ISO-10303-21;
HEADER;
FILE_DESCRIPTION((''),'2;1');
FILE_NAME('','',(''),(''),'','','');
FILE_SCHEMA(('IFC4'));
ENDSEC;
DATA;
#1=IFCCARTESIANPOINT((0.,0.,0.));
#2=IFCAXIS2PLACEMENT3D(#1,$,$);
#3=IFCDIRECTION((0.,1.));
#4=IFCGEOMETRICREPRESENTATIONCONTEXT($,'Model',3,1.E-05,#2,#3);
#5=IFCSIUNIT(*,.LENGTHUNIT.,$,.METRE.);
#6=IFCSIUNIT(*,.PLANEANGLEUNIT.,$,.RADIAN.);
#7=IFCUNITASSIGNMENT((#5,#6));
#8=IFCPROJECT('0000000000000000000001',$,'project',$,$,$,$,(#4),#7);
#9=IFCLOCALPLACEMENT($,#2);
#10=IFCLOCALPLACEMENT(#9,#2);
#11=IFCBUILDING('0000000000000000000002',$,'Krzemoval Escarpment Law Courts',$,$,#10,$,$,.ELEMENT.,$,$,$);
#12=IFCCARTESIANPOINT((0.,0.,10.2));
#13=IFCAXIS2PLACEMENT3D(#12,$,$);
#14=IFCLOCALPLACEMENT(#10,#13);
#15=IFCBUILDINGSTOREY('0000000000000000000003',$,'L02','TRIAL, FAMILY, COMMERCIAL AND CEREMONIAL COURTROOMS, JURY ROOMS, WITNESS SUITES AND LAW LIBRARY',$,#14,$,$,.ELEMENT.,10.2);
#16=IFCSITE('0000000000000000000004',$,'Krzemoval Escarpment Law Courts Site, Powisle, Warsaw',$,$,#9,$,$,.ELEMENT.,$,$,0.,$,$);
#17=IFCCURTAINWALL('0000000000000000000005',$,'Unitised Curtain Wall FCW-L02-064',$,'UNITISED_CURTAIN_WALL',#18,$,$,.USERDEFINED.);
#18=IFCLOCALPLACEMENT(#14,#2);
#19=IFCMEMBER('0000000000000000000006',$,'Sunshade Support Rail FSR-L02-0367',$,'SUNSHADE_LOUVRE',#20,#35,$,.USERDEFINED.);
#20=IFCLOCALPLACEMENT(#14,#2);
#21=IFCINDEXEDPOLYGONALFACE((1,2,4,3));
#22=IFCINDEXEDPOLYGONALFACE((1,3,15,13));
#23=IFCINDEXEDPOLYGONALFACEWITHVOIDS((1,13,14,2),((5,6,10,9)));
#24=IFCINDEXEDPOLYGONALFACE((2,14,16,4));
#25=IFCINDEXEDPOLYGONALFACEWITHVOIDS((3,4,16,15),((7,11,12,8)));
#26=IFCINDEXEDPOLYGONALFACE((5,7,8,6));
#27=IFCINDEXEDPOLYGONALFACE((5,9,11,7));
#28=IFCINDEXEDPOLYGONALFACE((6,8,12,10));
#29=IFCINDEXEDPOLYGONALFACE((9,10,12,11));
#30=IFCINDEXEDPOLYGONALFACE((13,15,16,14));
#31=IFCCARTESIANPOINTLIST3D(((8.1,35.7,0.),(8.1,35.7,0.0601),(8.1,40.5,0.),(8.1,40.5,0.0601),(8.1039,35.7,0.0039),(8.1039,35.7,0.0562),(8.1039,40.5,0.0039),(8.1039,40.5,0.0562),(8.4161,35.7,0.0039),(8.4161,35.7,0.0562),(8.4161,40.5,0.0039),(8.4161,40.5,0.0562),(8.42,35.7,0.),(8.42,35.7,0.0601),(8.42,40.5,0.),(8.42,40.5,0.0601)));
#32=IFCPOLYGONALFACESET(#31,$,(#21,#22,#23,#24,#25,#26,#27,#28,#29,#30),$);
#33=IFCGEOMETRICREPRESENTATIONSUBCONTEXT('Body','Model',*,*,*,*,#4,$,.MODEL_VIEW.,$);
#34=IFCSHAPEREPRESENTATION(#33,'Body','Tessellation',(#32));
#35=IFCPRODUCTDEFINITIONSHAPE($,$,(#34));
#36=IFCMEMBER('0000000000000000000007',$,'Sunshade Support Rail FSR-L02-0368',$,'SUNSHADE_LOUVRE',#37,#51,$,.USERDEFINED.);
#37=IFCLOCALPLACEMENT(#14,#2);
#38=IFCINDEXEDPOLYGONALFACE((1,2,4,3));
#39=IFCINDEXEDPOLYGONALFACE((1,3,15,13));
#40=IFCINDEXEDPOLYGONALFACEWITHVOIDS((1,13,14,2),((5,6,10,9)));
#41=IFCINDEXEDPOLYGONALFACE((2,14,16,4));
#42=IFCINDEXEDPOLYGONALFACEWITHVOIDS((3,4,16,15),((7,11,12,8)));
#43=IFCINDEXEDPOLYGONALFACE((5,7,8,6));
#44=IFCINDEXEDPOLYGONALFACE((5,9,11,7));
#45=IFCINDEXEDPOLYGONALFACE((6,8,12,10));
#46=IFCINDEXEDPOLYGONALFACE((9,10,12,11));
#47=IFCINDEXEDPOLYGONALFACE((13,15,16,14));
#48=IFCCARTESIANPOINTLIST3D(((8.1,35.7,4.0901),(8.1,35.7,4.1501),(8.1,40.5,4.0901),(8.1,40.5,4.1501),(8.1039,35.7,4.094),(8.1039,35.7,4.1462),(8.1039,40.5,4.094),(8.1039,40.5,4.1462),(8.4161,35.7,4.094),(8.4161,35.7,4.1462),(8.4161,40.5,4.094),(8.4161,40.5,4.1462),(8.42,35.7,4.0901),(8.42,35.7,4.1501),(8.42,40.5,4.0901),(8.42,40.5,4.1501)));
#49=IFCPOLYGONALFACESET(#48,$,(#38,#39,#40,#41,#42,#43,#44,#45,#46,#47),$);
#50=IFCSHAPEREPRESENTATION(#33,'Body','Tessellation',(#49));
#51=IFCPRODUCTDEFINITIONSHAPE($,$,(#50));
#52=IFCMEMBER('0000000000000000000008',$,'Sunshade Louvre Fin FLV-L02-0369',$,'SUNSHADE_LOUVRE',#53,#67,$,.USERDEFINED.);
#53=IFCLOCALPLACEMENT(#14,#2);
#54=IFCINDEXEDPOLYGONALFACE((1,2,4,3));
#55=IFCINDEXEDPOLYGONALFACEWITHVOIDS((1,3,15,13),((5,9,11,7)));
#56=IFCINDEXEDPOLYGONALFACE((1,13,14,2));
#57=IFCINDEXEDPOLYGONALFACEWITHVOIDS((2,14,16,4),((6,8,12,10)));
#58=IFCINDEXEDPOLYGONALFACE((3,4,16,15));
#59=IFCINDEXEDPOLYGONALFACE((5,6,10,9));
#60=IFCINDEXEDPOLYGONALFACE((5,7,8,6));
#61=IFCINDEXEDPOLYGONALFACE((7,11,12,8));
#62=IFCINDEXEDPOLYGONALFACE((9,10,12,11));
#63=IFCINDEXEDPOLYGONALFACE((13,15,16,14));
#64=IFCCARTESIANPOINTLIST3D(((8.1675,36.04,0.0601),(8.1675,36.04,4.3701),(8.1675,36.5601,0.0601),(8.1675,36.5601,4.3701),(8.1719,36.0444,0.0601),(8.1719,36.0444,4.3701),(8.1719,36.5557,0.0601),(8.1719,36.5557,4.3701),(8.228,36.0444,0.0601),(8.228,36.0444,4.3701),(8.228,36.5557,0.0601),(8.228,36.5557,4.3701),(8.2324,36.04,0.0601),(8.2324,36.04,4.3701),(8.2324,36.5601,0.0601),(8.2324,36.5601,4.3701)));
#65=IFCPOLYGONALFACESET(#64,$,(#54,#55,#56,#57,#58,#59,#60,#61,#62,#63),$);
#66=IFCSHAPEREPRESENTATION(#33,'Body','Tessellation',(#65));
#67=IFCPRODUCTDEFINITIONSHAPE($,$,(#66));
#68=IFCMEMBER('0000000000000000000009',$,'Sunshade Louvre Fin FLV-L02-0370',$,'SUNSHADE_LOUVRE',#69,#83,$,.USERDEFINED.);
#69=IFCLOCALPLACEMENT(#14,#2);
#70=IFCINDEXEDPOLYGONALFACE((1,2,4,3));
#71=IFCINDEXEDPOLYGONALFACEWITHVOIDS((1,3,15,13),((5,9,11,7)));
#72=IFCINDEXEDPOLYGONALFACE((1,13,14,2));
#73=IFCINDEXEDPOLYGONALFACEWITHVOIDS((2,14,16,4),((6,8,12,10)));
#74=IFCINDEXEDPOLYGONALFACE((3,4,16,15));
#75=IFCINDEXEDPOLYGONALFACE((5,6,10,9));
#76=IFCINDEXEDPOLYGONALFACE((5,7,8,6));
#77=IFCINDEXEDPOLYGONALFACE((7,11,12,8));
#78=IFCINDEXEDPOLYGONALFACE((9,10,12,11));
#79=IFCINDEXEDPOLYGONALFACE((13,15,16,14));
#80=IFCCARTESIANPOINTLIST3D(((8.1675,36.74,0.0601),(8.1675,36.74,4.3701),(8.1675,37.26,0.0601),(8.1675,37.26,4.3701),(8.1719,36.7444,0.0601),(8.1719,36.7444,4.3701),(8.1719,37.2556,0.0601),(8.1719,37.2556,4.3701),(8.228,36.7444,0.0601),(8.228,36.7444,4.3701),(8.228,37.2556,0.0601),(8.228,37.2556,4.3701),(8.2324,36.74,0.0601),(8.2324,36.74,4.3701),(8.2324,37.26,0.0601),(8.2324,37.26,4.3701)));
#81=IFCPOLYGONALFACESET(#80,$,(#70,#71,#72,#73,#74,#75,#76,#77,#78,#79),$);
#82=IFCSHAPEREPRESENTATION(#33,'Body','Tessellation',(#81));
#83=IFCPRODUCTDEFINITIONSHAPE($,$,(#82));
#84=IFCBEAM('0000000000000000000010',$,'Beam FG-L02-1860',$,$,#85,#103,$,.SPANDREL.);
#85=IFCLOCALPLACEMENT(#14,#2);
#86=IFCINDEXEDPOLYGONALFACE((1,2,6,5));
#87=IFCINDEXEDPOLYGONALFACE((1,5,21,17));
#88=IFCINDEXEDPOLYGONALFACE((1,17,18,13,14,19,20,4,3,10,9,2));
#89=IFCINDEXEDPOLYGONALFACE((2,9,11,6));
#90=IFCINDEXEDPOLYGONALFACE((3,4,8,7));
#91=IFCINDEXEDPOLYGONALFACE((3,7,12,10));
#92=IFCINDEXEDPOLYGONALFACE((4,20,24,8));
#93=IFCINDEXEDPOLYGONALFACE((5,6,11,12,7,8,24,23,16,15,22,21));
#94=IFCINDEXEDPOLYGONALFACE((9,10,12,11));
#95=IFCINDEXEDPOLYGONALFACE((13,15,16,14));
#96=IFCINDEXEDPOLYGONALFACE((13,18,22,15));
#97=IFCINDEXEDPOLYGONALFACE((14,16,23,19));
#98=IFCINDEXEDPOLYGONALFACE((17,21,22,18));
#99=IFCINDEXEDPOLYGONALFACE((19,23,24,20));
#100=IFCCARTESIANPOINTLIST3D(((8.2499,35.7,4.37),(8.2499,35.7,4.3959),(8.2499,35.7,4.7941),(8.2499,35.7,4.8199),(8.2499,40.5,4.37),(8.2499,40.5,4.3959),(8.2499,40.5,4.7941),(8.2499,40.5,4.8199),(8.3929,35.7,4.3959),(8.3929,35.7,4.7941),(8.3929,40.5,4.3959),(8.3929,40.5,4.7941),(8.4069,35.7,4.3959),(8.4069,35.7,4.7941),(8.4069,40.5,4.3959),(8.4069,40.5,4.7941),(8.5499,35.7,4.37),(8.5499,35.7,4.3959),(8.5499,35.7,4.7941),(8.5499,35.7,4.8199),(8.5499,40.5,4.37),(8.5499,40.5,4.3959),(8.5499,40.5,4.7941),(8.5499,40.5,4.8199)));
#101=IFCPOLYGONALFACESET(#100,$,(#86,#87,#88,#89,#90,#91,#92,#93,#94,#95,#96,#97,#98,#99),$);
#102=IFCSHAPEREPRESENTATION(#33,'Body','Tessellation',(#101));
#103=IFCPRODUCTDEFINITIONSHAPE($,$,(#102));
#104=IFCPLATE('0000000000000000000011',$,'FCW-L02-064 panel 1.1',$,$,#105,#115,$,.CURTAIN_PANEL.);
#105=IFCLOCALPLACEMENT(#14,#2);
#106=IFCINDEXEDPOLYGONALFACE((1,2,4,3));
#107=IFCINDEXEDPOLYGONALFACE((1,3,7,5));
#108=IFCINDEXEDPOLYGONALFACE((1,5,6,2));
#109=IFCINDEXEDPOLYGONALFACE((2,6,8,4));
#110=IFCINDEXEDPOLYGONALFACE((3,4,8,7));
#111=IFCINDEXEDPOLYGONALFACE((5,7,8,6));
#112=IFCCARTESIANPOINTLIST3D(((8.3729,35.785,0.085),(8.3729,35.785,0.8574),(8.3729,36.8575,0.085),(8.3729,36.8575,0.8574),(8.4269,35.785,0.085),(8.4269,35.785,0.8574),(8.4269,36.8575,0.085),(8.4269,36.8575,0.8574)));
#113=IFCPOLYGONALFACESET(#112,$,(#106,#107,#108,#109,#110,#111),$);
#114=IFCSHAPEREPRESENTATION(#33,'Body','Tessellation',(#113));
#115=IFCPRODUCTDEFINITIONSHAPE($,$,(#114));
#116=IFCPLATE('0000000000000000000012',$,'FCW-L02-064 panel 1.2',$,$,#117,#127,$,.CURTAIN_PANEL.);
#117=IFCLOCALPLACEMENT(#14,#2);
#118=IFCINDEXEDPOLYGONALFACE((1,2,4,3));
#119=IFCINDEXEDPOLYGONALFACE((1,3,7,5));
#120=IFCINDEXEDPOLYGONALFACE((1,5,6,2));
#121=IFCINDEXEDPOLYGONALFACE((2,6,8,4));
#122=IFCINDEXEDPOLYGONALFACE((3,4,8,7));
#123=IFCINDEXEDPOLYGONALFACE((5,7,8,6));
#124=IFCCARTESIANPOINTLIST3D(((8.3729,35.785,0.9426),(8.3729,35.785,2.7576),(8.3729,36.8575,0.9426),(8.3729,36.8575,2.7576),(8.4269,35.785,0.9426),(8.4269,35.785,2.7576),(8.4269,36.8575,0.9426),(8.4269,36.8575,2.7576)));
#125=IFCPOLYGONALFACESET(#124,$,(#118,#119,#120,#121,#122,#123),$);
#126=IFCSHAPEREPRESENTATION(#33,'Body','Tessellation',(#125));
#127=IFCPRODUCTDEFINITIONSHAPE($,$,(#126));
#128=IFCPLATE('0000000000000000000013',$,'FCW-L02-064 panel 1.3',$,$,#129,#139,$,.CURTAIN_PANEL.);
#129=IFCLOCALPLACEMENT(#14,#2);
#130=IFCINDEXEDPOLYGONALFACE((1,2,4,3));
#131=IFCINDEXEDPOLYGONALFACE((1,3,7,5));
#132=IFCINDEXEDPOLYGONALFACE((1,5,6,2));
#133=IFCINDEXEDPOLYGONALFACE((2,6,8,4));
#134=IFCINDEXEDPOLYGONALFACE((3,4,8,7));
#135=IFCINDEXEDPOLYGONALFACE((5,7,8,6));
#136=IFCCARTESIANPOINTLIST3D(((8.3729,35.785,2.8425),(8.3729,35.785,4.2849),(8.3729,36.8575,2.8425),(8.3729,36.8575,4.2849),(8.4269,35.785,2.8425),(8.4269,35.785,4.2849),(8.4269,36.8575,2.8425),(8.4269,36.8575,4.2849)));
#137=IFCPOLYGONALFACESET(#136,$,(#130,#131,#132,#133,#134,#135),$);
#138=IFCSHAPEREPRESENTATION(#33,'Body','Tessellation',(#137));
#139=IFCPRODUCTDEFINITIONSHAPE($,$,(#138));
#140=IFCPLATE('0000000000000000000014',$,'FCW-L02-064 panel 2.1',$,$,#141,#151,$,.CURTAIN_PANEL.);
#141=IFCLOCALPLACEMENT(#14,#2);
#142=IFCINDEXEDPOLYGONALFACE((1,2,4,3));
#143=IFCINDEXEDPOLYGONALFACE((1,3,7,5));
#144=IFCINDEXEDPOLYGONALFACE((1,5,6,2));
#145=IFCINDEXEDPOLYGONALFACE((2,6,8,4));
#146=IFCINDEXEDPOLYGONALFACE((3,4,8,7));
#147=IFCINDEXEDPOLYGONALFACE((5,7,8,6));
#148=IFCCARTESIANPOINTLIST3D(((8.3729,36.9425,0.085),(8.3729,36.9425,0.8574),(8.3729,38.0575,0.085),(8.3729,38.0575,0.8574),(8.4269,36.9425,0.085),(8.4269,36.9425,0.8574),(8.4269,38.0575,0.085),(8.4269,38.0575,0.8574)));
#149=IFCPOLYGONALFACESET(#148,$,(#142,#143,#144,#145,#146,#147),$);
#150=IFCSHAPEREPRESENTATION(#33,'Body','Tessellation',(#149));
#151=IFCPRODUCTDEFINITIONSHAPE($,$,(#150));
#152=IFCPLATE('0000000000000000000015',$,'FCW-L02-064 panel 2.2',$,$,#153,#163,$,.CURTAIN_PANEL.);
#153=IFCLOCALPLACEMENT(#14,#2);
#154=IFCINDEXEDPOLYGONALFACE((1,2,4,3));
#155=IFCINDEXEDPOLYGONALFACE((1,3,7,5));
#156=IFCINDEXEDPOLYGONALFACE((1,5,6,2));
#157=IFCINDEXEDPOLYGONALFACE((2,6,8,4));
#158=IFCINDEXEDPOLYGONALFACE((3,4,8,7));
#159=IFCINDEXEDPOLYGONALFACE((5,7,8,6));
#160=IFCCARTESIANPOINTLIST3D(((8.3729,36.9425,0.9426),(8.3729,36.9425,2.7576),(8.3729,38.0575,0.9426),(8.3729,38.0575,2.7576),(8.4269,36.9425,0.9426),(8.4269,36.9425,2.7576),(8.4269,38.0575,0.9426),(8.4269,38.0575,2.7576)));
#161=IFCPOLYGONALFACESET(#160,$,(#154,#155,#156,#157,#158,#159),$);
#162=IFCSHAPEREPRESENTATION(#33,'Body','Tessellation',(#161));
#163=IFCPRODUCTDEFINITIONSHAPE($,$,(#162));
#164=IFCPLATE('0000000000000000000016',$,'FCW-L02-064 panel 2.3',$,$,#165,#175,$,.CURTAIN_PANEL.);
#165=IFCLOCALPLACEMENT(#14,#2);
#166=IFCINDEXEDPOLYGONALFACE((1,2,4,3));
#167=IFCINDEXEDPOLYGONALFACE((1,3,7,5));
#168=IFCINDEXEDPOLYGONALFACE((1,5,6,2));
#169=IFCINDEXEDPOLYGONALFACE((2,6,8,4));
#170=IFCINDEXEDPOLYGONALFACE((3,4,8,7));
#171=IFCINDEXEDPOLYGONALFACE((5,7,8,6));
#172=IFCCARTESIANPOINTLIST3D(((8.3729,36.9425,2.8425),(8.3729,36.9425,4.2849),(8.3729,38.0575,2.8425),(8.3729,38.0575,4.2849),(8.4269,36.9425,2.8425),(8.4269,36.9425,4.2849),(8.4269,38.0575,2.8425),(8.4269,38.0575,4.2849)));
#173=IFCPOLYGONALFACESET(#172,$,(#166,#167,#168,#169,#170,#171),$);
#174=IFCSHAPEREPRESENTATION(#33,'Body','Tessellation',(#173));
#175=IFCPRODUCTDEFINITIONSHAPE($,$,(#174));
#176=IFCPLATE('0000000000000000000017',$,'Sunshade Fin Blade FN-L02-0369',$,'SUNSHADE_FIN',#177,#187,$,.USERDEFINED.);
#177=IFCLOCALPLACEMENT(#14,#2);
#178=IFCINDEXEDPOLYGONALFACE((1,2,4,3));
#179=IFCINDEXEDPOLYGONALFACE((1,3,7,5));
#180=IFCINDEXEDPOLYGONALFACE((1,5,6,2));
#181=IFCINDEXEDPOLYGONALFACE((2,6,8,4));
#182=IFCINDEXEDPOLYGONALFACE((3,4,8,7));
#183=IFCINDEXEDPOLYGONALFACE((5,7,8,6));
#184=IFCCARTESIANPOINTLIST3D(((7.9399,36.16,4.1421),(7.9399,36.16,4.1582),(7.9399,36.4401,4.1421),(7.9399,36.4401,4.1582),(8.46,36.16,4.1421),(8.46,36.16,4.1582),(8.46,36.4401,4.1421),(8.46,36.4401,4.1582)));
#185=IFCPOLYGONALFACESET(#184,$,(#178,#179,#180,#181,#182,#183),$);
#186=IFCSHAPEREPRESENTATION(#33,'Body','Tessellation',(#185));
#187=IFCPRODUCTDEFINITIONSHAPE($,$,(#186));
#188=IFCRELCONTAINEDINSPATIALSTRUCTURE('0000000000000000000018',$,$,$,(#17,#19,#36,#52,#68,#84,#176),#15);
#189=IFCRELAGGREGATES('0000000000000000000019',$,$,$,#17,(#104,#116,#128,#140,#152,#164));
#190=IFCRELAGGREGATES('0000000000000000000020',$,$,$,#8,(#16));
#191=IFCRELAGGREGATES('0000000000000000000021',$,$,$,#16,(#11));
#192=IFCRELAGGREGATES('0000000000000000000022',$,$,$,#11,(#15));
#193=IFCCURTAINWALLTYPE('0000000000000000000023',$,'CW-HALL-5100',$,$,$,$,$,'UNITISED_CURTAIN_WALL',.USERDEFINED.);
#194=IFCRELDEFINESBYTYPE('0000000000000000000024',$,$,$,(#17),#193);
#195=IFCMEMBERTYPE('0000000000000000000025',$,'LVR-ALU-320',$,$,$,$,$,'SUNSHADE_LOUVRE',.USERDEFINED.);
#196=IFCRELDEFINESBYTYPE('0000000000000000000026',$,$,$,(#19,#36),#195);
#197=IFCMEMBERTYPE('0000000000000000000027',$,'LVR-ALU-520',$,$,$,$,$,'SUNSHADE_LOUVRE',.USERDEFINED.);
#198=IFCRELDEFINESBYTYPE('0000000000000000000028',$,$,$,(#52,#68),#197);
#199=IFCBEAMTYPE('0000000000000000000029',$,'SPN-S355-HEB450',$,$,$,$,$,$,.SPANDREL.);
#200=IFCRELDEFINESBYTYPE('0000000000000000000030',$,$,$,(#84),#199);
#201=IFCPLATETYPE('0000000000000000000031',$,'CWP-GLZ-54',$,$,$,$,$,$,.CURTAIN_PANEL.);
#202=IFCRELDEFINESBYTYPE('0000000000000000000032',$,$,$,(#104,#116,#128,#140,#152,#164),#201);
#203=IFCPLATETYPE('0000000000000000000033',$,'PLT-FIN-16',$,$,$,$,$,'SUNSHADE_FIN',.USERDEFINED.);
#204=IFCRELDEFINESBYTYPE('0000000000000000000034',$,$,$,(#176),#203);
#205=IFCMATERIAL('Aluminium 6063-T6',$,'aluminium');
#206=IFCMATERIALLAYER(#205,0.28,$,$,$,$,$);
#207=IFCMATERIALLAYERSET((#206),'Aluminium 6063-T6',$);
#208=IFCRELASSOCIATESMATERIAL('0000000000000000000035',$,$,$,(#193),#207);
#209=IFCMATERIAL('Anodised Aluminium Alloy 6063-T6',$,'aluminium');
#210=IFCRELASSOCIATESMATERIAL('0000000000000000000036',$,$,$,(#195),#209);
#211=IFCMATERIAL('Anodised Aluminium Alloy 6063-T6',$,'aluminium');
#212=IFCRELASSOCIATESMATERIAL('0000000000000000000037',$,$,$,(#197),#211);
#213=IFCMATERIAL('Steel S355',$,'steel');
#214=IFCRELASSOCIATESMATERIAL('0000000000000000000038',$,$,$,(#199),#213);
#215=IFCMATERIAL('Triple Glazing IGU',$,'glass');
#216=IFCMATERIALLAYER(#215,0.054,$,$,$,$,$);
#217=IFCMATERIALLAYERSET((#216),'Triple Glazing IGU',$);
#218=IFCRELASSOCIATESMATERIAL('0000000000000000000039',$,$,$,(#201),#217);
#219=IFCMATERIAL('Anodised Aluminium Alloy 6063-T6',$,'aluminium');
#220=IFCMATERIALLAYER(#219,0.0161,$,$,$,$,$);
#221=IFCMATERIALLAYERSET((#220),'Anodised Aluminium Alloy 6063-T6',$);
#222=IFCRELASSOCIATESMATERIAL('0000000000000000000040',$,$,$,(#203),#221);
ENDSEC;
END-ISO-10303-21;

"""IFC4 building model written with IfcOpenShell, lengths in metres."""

from ifc_helpers import new_model, si_unit, direction, frame, origin, origin_2d, place, context, subcontext, project, spatial, rectangle, hollow_rectangle, i_section, extrude, material, layer, layer_set, material_profile, profile_set, type_object, element, aggregate, save


model = new_model("IFC4")

# Units and contexts
model_context = context("Model", 3, precision=1e-05, world=origin(), true_north=direction((0.0, 1.0)))
body_context = subcontext(model_context, "Body", "Model", "MODEL_VIEW")
ifc_project = project(units=[si_unit("LENGTHUNIT", "METRE"), si_unit("PLANEANGLEUNIT", "RADIAN")], contexts=[model_context])

# Site, building, storey
site_placement = place(None, origin())
site = spatial("IfcSite", under=ifc_project, at=site_placement, Name="Krzemoval Escarpment Law Courts Site, Powisle, Warsaw", CompositionType="ELEMENT", RefElevation=0.0)
building_placement = place(site_placement, origin())
building = spatial("IfcBuilding", under=site, at=building_placement, Name="Krzemoval Escarpment Law Courts", CompositionType="ELEMENT")
storey_placement = place(building_placement, frame((0.0, 0.0, 10.2)))
storey = spatial("IfcBuildingStorey", under=building, at=storey_placement, Name="L02", Description="TRIAL, FAMILY, COMMERCIAL AND CEREMONIAL COURTROOMS, JURY ROOMS, WITNESS SUITES AND LAW LIBRARY", CompositionType="ELEMENT", Elevation=10.2)

# Curtain wall
ifc_material_1 = material(Name="Aluminium 6063-T6", Category="aluminium")
ifc_layer_1 = layer(ifc_material_1, 0.28)
ifc_layer_set_1 = layer_set([ifc_layer_1], Name="Aluminium 6063-T6")
curtain_wall_type = type_object("IfcCurtainWallType", Name="CW-HALL-5100", ElementType="UNITISED_CURTAIN_WALL", PredefinedType="USERDEFINED", material=ifc_layer_set_1)
curtain_wall_placement = place(storey_placement, origin())
curtain_wall = element("IfcCurtainWall", 1, at=curtain_wall_placement, inside=storey, type_object=curtain_wall_type, Name="Unitised Curtain Wall FCW-L02-064", ObjectType="UNITISED_CURTAIN_WALL", PredefinedType="USERDEFINED")

# Members
ifc_material_2 = material(Name="Anodised Aluminium Alloy 6063-T6", Category="aluminium")
ifc_material_profile_1 = material_profile(ifc_material_2, hollow_rectangle(XDim=0.0601, YDim=0.3201, WallThickness=0.0039, at=origin_2d()), Name="ALU LVR 60x320")
ifc_profile_set_1 = profile_set([ifc_material_profile_1], Name="Anodised Aluminium Alloy 6063-T6")
member_type_1 = type_object("IfcMemberType", Name="LVR-ALU-320", ElementType="SUNSHADE_LOUVRE", PredefinedType="USERDEFINED", material=ifc_profile_set_1)
for number, where, z_axis, x_axis, name in (
    (2, (8.26, 35.7, 0.03), (0.0, 1.0, 0.0), (0.0, 0.0, 1.0), "Sunshade Support Rail FSR-L02-0367"),
    (3, (8.26, 35.7, 4.1201), (0.0, 1.0, 0.0), (0.0, 0.0, 1.0), "Sunshade Support Rail FSR-L02-0368"),
):
    element("IfcMember", number, at=place(storey_placement, frame(where, z_axis=z_axis, x_axis=x_axis)), inside=storey, type_object=member_type_1, Name=name, ObjectType="SUNSHADE_LOUVRE", PredefinedType="USERDEFINED", context=body_context, shape_type="SweptSolid", body=[
        extrude(hollow_rectangle(XDim=0.0601, YDim=0.3201, WallThickness=0.0039, at=origin_2d()), origin(), (0.0, 0.0, 1.0), 4.8),
    ])
ifc_material_3 = material(Name="Anodised Aluminium Alloy 6063-T6", Category="aluminium")
ifc_material_profile_2 = material_profile(ifc_material_3, hollow_rectangle(XDim=0.0649, YDim=0.52, WallThickness=0.0044, at=origin_2d()), Name="ALU LVR 65x520")
ifc_profile_set_2 = profile_set([ifc_material_profile_2], Name="Anodised Aluminium Alloy 6063-T6")
member_type_2 = type_object("IfcMemberType", Name="LVR-ALU-520", ElementType="SUNSHADE_LOUVRE", PredefinedType="USERDEFINED", material=ifc_profile_set_2)
for number, where, z_axis, x_axis, name in (
    (4, (8.2, 36.3, 0.0601), (0.0, 0.0, 1.0), (1.0, 0.0, 0.0), "Sunshade Louvre Fin FLV-L02-0369"),
    (5, (8.2, 37.0, 0.0601), (0.0, 0.0, 1.0), (1.0, 0.0, 0.0), "Sunshade Louvre Fin FLV-L02-0370"),
):
    element("IfcMember", number, at=place(storey_placement, frame(where, z_axis=z_axis, x_axis=x_axis)), inside=storey, type_object=member_type_2, Name=name, ObjectType="SUNSHADE_LOUVRE", PredefinedType="USERDEFINED", context=body_context, shape_type="SweptSolid", body=[
        extrude(hollow_rectangle(XDim=0.0649, YDim=0.52, WallThickness=0.0044, at=origin_2d()), origin(), (0.0, 0.0, 1.0), 4.3101),
    ])

# Beam
ifc_material_4 = material(Name="Steel S355", Category="steel")
ifc_material_profile_3 = material_profile(ifc_material_4, i_section(OverallWidth=0.3, OverallDepth=0.45, WebThickness=0.0139, FlangeThickness=0.0259, at=origin_2d()), Name="HEB 450")
ifc_profile_set_3 = profile_set([ifc_material_profile_3], Name="Steel S355")
beam_type = type_object("IfcBeamType", Name="SPN-S355-HEB450", PredefinedType="SPANDREL", material=ifc_profile_set_3)
beam_placement = place(storey_placement, frame((8.3999, 35.7, 4.595), z_axis=(0.0, 1.0, 0.0), x_axis=(-1.0, 0.0, 0.0)))
element("IfcBeam", 6, at=beam_placement, inside=storey, type_object=beam_type, Name="Beam FG-L02-1860", PredefinedType="SPANDREL", context=body_context, shape_type="SweptSolid", body=[
    extrude(i_section(OverallWidth=0.3, OverallDepth=0.45, WebThickness=0.0139, FlangeThickness=0.0259, at=origin_2d()), origin(), (0.0, 0.0, 1.0), 4.8),
])

# Plates
ifc_material_5 = material(Name="Triple Glazing IGU", Category="glass")
ifc_layer_2 = layer(ifc_material_5, 0.054)
ifc_layer_set_2 = layer_set([ifc_layer_2], Name="Triple Glazing IGU")
plate_type_1 = type_object("IfcPlateType", Name="CWP-GLZ-54", PredefinedType="CURTAIN_PANEL", material=ifc_layer_set_2)
plate_1_placement = place(storey_placement, frame((8.3999, 36.3213, 0.085), z_axis=(0.0, 0.0, 1.0), x_axis=(0.0, 1.0, 0.0)))
plate_1 = element("IfcPlate", 7, at=plate_1_placement, type_object=plate_type_1, Name="FCW-L02-064 panel 1.1", PredefinedType="CURTAIN_PANEL", context=body_context, shape_type="SweptSolid", body=[
    extrude(rectangle(XDim=1.0725, YDim=0.054, at=origin_2d()), origin(), (0.0, 0.0, 1.0), 0.7725),
])
plate_2_placement = place(storey_placement, frame((8.3999, 36.3213, 0.9426), z_axis=(0.0, 0.0, 1.0), x_axis=(0.0, 1.0, 0.0)))
plate_2 = element("IfcPlate", 8, at=plate_2_placement, type_object=plate_type_1, Name="FCW-L02-064 panel 1.2", PredefinedType="CURTAIN_PANEL", context=body_context, shape_type="SweptSolid", body=[
    extrude(rectangle(XDim=1.0725, YDim=0.054, at=origin_2d()), origin(), (0.0, 0.0, 1.0), 1.8149),
])
plate_3_placement = place(storey_placement, frame((8.3999, 36.3213, 2.8425), z_axis=(0.0, 0.0, 1.0), x_axis=(0.0, 1.0, 0.0)))
plate_3 = element("IfcPlate", 9, at=plate_3_placement, type_object=plate_type_1, Name="FCW-L02-064 panel 1.3", PredefinedType="CURTAIN_PANEL", context=body_context, shape_type="SweptSolid", body=[
    extrude(rectangle(XDim=1.0725, YDim=0.054, at=origin_2d()), origin(), (0.0, 0.0, 1.0), 1.4424),
])
plate_4_placement = place(storey_placement, frame((8.3999, 37.5, 0.085), z_axis=(0.0, 0.0, 1.0), x_axis=(0.0, 1.0, 0.0)))
plate_4 = element("IfcPlate", 10, at=plate_4_placement, type_object=plate_type_1, Name="FCW-L02-064 panel 2.1", PredefinedType="CURTAIN_PANEL", context=body_context, shape_type="SweptSolid", body=[
    extrude(rectangle(XDim=1.115, YDim=0.054, at=origin_2d()), origin(), (0.0, 0.0, 1.0), 0.7725),
])
plate_5_placement = place(storey_placement, frame((8.3999, 37.5, 0.9426), z_axis=(0.0, 0.0, 1.0), x_axis=(0.0, 1.0, 0.0)))
plate_5 = element("IfcPlate", 11, at=plate_5_placement, type_object=plate_type_1, Name="FCW-L02-064 panel 2.2", PredefinedType="CURTAIN_PANEL", context=body_context, shape_type="SweptSolid", body=[
    extrude(rectangle(XDim=1.115, YDim=0.054, at=origin_2d()), origin(), (0.0, 0.0, 1.0), 1.8149),
])
plate_6_placement = place(storey_placement, frame((8.3999, 37.5, 2.8425), z_axis=(0.0, 0.0, 1.0), x_axis=(0.0, 1.0, 0.0)))
plate_6 = element("IfcPlate", 12, at=plate_6_placement, type_object=plate_type_1, Name="FCW-L02-064 panel 2.3", PredefinedType="CURTAIN_PANEL", context=body_context, shape_type="SweptSolid", body=[
    extrude(rectangle(XDim=1.115, YDim=0.054, at=origin_2d()), origin(), (0.0, 0.0, 1.0), 1.4424),
])
aggregate(curtain_wall, [plate_1, plate_2, plate_3, plate_4, plate_5, plate_6])
ifc_material_6 = material(Name="Anodised Aluminium Alloy 6063-T6", Category="aluminium")
ifc_layer_3 = layer(ifc_material_6, 0.0161)
ifc_layer_set_3 = layer_set([ifc_layer_3], Name="Anodised Aluminium Alloy 6063-T6")
plate_type_2 = type_object("IfcPlateType", Name="PLT-FIN-16", ElementType="SUNSHADE_FIN", PredefinedType="USERDEFINED", material=ifc_layer_set_3)
plate_7_placement = place(storey_placement, frame((8.2, 36.3, 4.1421), z_axis=(0.0, 0.0, 1.0), x_axis=(-1.0, 0.0, 0.0)))
element("IfcPlate", 13, at=plate_7_placement, inside=storey, type_object=plate_type_2, Name="Sunshade Fin Blade FN-L02-0369", ObjectType="SUNSHADE_FIN", PredefinedType="USERDEFINED", context=body_context, shape_type="SweptSolid", body=[
    extrude(rectangle(XDim=0.52, YDim=0.28, at=origin_2d()), origin(), (0.0, 0.0, 1.0), 0.0161),
])

save(model, "model.ifc")
